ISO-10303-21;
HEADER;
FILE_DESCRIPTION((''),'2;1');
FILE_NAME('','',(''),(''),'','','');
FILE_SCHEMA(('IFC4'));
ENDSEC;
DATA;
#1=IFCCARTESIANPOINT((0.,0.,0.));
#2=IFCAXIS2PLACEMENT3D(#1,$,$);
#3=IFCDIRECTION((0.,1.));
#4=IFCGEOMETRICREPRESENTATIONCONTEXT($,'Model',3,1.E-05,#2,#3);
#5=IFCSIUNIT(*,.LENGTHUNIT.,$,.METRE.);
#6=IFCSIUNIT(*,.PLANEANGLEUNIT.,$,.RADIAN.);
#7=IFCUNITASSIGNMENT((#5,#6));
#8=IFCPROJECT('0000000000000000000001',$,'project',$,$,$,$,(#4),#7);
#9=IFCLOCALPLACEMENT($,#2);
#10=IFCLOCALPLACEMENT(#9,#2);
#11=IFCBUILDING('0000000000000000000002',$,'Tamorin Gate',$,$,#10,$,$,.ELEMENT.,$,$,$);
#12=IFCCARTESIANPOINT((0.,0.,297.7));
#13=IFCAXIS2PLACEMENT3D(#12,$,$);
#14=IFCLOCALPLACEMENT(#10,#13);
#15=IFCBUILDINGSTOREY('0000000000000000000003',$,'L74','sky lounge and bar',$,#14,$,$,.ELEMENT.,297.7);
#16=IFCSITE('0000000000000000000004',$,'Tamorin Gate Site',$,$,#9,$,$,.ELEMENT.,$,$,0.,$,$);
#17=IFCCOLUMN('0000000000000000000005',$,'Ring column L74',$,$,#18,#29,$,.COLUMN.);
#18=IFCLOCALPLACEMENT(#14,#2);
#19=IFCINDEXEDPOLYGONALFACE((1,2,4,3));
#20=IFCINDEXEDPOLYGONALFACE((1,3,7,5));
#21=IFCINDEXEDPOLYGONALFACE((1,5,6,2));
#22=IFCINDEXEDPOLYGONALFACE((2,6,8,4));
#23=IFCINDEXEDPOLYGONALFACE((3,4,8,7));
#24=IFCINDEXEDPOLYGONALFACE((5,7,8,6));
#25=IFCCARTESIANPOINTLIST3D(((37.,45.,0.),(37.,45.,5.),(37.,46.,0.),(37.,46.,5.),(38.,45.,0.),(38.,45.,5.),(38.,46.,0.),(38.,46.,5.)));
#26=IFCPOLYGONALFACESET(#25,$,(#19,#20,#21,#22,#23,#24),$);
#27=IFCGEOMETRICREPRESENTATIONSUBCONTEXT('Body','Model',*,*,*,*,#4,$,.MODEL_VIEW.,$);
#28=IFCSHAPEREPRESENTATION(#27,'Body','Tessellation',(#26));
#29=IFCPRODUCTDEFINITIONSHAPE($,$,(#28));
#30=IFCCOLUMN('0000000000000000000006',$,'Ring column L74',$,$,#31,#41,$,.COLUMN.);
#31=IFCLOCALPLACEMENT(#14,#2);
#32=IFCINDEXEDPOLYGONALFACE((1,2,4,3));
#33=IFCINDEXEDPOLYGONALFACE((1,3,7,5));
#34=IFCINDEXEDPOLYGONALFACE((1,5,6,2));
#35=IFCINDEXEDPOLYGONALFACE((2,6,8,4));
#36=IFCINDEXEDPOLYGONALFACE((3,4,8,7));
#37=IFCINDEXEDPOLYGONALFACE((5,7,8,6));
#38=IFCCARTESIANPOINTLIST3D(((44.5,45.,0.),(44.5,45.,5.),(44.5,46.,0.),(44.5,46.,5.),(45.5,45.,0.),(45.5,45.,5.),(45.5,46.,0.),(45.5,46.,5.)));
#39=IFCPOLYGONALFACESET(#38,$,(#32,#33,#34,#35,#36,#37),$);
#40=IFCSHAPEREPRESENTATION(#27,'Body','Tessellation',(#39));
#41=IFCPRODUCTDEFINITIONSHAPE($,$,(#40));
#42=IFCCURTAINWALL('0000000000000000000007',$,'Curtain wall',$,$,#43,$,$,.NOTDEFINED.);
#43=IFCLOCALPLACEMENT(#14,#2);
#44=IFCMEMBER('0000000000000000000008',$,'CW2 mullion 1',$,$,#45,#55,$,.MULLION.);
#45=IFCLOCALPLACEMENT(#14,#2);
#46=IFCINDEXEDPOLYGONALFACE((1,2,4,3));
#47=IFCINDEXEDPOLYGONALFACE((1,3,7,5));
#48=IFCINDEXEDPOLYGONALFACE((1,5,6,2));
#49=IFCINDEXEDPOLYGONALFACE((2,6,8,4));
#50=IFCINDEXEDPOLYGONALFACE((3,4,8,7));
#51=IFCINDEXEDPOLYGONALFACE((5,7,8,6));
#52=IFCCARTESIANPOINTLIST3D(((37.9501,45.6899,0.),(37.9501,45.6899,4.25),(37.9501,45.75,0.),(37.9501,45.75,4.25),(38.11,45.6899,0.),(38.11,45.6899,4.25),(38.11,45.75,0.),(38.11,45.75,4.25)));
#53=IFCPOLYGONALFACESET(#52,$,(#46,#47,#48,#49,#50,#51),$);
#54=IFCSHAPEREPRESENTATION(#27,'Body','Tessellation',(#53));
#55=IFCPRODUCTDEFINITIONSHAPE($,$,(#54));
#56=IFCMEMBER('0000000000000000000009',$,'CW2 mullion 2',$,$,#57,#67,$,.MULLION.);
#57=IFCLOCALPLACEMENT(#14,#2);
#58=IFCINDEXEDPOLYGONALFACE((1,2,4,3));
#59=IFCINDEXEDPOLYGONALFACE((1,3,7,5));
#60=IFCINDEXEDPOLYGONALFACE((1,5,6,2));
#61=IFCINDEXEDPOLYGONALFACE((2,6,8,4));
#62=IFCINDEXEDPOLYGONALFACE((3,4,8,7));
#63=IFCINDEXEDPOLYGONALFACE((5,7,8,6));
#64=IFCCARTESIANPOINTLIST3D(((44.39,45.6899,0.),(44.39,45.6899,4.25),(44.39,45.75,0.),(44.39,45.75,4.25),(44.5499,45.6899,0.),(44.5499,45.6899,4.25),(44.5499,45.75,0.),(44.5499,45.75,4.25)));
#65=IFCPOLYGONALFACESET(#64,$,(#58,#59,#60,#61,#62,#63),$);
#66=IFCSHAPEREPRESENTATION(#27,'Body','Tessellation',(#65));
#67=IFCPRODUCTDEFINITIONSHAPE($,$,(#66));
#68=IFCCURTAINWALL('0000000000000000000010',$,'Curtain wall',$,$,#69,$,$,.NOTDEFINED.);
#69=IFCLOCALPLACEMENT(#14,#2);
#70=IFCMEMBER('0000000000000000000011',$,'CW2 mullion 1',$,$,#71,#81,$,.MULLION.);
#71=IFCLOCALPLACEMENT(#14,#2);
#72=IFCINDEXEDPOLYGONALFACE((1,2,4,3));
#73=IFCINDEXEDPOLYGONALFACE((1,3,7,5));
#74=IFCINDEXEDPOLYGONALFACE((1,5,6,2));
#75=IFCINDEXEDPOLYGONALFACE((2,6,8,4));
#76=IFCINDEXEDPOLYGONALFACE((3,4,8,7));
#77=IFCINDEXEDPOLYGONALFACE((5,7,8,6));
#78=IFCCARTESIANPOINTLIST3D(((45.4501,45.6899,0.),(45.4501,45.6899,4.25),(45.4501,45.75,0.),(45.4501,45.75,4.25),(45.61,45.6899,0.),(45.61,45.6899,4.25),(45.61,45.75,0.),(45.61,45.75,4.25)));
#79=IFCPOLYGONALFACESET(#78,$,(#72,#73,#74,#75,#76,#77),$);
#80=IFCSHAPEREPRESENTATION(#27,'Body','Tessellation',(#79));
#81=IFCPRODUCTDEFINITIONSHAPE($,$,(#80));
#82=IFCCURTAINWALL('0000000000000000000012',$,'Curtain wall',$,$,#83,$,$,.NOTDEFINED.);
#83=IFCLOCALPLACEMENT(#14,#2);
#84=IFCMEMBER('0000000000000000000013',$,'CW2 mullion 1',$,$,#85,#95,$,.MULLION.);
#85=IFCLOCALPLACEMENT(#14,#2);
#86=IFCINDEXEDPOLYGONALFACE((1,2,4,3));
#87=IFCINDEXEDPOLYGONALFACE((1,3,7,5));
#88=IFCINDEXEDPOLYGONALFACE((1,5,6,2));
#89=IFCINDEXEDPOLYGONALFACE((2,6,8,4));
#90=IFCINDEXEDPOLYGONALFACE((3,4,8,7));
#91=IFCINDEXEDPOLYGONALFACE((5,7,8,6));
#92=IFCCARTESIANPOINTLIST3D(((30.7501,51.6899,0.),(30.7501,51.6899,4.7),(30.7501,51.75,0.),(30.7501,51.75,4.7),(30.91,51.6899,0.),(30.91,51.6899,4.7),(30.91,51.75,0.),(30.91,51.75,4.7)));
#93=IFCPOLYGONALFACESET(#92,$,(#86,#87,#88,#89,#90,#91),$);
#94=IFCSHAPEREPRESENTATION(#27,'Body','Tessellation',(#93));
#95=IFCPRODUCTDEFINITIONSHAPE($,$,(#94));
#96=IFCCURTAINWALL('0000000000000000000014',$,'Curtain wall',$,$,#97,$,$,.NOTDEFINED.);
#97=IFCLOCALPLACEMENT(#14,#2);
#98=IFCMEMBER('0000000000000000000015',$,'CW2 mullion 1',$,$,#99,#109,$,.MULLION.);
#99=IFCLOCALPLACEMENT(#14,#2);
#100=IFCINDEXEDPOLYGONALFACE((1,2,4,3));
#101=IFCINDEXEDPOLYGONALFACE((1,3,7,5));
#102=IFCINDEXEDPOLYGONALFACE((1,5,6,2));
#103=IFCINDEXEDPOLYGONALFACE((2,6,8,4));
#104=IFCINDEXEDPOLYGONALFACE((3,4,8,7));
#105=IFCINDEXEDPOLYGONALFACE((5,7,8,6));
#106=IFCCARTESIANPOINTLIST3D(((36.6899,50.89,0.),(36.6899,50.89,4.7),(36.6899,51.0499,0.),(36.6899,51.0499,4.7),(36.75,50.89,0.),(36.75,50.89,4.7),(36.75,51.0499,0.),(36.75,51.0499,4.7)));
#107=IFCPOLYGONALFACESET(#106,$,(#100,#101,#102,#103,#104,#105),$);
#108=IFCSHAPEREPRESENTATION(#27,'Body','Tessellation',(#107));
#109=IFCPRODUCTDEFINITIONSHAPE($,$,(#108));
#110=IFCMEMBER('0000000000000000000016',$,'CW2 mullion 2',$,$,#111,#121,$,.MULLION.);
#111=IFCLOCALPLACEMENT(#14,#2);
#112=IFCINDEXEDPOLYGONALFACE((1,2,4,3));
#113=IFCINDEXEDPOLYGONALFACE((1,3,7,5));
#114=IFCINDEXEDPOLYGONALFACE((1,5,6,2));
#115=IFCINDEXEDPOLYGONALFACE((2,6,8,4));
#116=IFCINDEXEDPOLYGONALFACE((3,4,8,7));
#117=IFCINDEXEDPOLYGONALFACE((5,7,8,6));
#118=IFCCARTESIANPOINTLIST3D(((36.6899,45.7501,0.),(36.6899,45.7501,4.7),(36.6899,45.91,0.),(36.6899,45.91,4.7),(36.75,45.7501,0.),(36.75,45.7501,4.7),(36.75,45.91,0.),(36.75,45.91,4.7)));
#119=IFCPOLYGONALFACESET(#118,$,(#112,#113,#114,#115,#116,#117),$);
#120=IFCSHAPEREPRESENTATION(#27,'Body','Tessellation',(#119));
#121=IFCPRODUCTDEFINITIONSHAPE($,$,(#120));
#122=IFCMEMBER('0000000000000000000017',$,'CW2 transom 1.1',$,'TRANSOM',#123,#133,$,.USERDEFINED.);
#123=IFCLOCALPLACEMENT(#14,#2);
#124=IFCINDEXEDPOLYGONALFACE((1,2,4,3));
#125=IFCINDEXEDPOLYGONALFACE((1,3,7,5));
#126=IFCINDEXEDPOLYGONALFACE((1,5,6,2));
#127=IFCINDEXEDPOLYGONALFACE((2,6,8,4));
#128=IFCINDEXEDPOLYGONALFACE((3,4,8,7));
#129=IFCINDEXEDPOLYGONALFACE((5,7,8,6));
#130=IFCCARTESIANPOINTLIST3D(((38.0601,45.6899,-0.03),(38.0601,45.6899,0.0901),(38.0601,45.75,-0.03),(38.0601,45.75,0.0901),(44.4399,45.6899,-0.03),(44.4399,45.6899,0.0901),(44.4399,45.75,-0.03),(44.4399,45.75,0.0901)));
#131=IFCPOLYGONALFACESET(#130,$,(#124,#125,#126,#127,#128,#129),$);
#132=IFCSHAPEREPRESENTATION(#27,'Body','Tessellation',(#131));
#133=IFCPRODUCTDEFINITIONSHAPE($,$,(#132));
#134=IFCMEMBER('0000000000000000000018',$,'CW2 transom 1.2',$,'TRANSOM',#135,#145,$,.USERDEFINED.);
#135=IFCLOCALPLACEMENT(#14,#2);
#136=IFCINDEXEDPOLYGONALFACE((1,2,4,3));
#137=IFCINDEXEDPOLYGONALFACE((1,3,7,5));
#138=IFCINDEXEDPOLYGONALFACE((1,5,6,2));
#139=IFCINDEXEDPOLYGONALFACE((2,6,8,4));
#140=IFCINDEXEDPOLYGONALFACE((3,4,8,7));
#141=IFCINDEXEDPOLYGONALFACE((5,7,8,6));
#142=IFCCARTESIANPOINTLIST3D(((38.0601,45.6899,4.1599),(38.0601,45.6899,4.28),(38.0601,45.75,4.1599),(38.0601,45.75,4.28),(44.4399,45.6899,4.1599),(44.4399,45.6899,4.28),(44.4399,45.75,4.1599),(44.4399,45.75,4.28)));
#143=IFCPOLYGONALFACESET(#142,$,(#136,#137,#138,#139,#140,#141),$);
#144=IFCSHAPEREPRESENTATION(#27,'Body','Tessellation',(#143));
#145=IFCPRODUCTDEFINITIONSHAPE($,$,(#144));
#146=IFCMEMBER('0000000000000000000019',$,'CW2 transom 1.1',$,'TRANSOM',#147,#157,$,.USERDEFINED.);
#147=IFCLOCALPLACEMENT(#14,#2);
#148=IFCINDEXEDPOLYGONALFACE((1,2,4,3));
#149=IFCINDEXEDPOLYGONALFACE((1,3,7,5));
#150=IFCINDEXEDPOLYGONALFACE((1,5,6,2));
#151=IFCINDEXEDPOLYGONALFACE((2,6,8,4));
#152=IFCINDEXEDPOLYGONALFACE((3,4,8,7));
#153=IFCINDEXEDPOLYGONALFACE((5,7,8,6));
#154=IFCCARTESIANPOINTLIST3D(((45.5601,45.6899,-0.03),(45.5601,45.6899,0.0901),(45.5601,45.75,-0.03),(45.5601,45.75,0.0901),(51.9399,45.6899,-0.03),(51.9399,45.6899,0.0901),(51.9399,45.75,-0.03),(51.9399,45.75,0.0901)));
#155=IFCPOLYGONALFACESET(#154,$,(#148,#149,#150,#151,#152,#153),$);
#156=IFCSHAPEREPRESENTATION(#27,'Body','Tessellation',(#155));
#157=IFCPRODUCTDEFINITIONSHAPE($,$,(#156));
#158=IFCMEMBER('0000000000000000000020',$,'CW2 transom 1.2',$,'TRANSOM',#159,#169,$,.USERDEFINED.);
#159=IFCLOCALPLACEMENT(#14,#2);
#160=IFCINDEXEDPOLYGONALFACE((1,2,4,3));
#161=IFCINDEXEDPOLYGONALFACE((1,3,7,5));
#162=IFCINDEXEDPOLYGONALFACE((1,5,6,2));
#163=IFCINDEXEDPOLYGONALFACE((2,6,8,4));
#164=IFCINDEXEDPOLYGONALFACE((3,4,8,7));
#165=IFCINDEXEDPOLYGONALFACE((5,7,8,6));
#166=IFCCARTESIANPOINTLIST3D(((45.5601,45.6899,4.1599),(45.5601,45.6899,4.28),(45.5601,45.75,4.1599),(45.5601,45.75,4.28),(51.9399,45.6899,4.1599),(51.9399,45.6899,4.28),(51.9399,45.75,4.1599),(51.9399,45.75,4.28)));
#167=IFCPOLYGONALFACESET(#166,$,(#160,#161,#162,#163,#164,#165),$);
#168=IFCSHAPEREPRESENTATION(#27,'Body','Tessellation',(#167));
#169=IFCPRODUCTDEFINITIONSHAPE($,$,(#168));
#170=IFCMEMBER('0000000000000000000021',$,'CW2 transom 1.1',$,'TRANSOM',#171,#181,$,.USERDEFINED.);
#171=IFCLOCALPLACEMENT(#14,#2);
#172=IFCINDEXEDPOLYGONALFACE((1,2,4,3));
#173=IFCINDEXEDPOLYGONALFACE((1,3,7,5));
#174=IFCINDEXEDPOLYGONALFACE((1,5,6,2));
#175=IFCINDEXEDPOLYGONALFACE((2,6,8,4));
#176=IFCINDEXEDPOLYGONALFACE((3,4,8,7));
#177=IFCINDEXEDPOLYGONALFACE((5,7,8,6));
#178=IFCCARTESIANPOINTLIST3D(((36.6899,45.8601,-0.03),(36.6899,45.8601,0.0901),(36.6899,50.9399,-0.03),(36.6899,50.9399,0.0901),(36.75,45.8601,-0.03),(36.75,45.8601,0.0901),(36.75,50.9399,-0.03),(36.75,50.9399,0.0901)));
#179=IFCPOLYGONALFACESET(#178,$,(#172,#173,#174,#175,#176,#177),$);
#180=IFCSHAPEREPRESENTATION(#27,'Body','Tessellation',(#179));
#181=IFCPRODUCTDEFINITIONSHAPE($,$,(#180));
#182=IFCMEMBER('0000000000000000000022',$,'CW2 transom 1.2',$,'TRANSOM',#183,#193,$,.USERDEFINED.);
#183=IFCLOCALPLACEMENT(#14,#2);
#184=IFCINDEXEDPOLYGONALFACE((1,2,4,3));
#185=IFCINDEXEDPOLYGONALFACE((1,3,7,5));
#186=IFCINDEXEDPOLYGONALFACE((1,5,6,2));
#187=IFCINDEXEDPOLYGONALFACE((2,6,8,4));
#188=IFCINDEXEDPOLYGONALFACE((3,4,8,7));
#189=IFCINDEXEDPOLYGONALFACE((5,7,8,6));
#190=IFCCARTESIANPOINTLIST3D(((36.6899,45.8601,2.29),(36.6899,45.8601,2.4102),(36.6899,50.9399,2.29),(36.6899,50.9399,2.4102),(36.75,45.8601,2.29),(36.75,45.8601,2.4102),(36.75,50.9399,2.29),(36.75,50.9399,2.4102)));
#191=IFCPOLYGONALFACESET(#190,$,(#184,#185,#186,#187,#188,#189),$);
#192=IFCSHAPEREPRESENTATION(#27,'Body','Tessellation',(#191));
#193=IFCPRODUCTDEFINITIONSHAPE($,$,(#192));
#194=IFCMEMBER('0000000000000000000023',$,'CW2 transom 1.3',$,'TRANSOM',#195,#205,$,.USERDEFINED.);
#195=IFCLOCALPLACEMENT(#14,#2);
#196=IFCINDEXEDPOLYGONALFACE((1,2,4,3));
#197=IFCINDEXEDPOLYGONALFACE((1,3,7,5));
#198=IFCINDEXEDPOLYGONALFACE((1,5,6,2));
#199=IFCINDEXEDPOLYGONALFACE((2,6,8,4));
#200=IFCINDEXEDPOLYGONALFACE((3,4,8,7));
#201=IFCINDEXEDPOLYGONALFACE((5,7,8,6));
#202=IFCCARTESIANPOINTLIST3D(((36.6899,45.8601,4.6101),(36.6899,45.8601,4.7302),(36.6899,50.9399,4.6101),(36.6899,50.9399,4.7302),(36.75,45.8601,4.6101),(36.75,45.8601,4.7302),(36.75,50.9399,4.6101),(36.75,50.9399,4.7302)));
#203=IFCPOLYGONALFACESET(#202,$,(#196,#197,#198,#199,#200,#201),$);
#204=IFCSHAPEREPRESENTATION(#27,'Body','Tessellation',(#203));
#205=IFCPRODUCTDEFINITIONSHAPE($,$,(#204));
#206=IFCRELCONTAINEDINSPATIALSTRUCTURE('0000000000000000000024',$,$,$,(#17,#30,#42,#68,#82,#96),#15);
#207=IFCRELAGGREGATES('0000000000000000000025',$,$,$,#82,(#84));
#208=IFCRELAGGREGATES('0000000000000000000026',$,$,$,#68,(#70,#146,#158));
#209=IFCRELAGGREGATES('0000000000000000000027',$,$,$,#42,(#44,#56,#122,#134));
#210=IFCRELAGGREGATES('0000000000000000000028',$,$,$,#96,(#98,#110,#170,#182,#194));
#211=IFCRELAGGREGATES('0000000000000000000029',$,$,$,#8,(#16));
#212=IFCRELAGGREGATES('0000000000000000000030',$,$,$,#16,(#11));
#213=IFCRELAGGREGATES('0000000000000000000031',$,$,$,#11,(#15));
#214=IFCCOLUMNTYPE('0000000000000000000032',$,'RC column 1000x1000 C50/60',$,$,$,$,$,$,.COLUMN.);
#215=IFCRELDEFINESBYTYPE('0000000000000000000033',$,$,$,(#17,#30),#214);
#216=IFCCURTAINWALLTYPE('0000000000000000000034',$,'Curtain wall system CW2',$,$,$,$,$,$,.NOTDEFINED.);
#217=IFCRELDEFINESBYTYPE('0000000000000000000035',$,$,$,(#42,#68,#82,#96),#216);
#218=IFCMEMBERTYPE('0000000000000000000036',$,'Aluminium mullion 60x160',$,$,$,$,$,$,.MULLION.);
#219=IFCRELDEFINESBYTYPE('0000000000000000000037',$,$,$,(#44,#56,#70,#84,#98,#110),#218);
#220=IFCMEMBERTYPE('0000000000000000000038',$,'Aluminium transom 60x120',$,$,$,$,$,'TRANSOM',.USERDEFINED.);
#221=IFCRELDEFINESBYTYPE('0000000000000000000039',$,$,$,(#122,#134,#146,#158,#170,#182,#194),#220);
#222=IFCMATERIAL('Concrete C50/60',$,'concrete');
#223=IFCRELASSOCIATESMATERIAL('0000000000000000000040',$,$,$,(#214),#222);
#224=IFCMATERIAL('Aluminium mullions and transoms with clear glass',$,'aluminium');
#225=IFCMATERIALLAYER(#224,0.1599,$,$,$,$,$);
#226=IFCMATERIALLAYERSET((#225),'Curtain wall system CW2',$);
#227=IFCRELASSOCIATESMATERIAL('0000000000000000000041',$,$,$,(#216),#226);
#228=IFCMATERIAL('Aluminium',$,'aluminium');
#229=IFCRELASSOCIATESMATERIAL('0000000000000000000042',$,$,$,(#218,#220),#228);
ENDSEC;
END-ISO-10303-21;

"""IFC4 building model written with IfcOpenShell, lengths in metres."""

from ifc_helpers import new_model, si_unit, direction, frame, origin, origin_2d, place, context, subcontext, project, spatial, rectangle, extrude, material, layer, layer_set, material_profile, profile_set, type_object, element, aggregate, save


model = new_model("IFC4")

# Units and contexts
model_context = context("Model", 3, precision=1e-05, world=origin(), true_north=direction((0.0, 1.0)))
body_context = subcontext(model_context, "Body", "Model", "MODEL_VIEW")
ifc_project = project(units=[si_unit("LENGTHUNIT", "METRE"), si_unit("PLANEANGLEUNIT", "RADIAN")], contexts=[model_context])

# Site, building, storey
site_placement = place(None, origin())
site = spatial("IfcSite", under=ifc_project, at=site_placement, Name="Tamorin Gate Site", CompositionType="ELEMENT", RefElevation=0.0)
building_placement = place(site_placement, origin())
building = spatial("IfcBuilding", under=site, at=building_placement, Name="Tamorin Gate", CompositionType="ELEMENT")
storey_placement = place(building_placement, frame((0.0, 0.0, 297.7)))
storey = spatial("IfcBuildingStorey", under=building, at=storey_placement, Name="L74", Description="sky lounge and bar", CompositionType="ELEMENT", Elevation=297.7)

# Columns
ifc_material_1 = material(Name="Concrete C50/60", Category="concrete")
ifc_material_profile_1 = material_profile(ifc_material_1, rectangle(XDim=1.0, YDim=1.0, at=origin_2d()), Name="RC 1000x1000")
ifc_profile_set_1 = profile_set([ifc_material_profile_1], Name="Concrete C50/60")
column_type = type_object("IfcColumnType", Name="RC column 1000x1000 C50/60", PredefinedType="COLUMN", material=ifc_profile_set_1)
for number, where, z_axis, x_axis, name in (
    (1, (37.5, 45.5, 0.0), (0.0, 0.0, 1.0), (1.0, 0.0, 0.0), "Ring column L74"),
    (2, (45.0, 45.5, 0.0), (0.0, 0.0, 1.0), (1.0, 0.0, 0.0), "Ring column L74"),
):
    element("IfcColumn", number, at=place(storey_placement, frame(where, z_axis=z_axis, x_axis=x_axis)), inside=storey, type_object=column_type, Name=name, PredefinedType="COLUMN", context=body_context, shape_type="SweptSolid", body=[
        extrude(rectangle(XDim=1.0, YDim=1.0, at=origin_2d()), origin(), (0.0, 0.0, 1.0), 5.0),
    ])

# Curtain wall, members
ifc_material_2 = material(Name="Aluminium mullions and transoms with clear glass", Category="aluminium")
ifc_layer_1 = layer(ifc_material_2, 0.1599)
ifc_layer_set_1 = layer_set([ifc_layer_1], Name="Curtain wall system CW2")
curtain_wall_type = type_object("IfcCurtainWallType", Name="Curtain wall system CW2", PredefinedType="NOTDEFINED", material=ifc_layer_set_1)
curtain_wall_1_placement = place(storey_placement, origin())
curtain_wall_1 = element("IfcCurtainWall", 3, at=curtain_wall_1_placement, inside=storey, type_object=curtain_wall_type, Name="Curtain wall", PredefinedType="NOTDEFINED")
ifc_material_3 = material(Name="Aluminium", Category="aluminium")
ifc_material_profile_2 = material_profile(ifc_material_3, rectangle(XDim=0.0601, YDim=0.1599, at=origin_2d()), Name="RECT 60x160")
ifc_profile_set_2 = profile_set([ifc_material_profile_2], Name="Aluminium")
member_type_1 = type_object("IfcMemberType", Name="Aluminium mullion 60x160", PredefinedType="MULLION", material=ifc_profile_set_2)
member_1_placement = place(storey_placement, frame((38.03, 45.72, 0.0), z_axis=(0.0, 0.0, 1.0), x_axis=(0.0, 1.0, 0.0)))
member_1 = element("IfcMember", 4, at=member_1_placement, type_object=member_type_1, Name="CW2 mullion 1", PredefinedType="MULLION", context=body_context, shape_type="SweptSolid", body=[
    extrude(rectangle(XDim=0.0601, YDim=0.1599, at=origin_2d()), origin(), (0.0, 0.0, 1.0), 4.25),
])
member_2_placement = place(storey_placement, frame((44.47, 45.72, 0.0), z_axis=(0.0, 0.0, 1.0), x_axis=(0.0, 1.0, 0.0)))
member_2 = element("IfcMember", 5, at=member_2_placement, type_object=member_type_1, Name="CW2 mullion 2", PredefinedType="MULLION", context=body_context, shape_type="SweptSolid", body=[
    extrude(rectangle(XDim=0.0601, YDim=0.1599, at=origin_2d()), origin(), (0.0, 0.0, 1.0), 4.25),
])

# Curtain walls, members
curtain_wall_2_placement = place(storey_placement, origin())
curtain_wall_2 = element("IfcCurtainWall", 6, at=curtain_wall_2_placement, inside=storey, type_object=curtain_wall_type, Name="Curtain wall", PredefinedType="NOTDEFINED")
member_3_placement = place(storey_placement, frame((45.53, 45.72, 0.0), z_axis=(0.0, 0.0, 1.0), x_axis=(0.0, 1.0, 0.0)))
member_3 = element("IfcMember", 7, at=member_3_placement, type_object=member_type_1, Name="CW2 mullion 1", PredefinedType="MULLION", context=body_context, shape_type="SweptSolid", body=[
    extrude(rectangle(XDim=0.0601, YDim=0.1599, at=origin_2d()), origin(), (0.0, 0.0, 1.0), 4.25),
])
curtain_wall_3_placement = place(storey_placement, origin())
curtain_wall_3 = element("IfcCurtainWall", 8, at=curtain_wall_3_placement, inside=storey, type_object=curtain_wall_type, Name="Curtain wall", PredefinedType="NOTDEFINED")
member_4_placement = place(storey_placement, frame((30.8301, 51.72, 0.0), z_axis=(0.0, 0.0, 1.0), x_axis=(0.0, 1.0, 0.0)))
member_4 = element("IfcMember", 9, at=member_4_placement, type_object=member_type_1, Name="CW2 mullion 1", PredefinedType="MULLION", context=body_context, shape_type="SweptSolid", body=[
    extrude(rectangle(XDim=0.0601, YDim=0.1599, at=origin_2d()), origin(), (0.0, 0.0, 1.0), 4.7),
])
aggregate(curtain_wall_3, [member_4])

# Curtain wall, members
curtain_wall_4_placement = place(storey_placement, origin())
curtain_wall_4 = element("IfcCurtainWall", 10, at=curtain_wall_4_placement, inside=storey, type_object=curtain_wall_type, Name="Curtain wall", PredefinedType="NOTDEFINED")
member_5_placement = place(storey_placement, frame((36.72, 50.97, 0.0), z_axis=(0.0, 0.0, 1.0), x_axis=(1.0, 0.0, 0.0)))
member_5 = element("IfcMember", 11, at=member_5_placement, type_object=member_type_1, Name="CW2 mullion 1", PredefinedType="MULLION", context=body_context, shape_type="SweptSolid", body=[
    extrude(rectangle(XDim=0.0601, YDim=0.1599, at=origin_2d()), origin(), (0.0, 0.0, 1.0), 4.7),
])
member_6_placement = place(storey_placement, frame((36.72, 45.8301, 0.0), z_axis=(0.0, 0.0, 1.0), x_axis=(1.0, 0.0, 0.0)))
member_6 = element("IfcMember", 12, at=member_6_placement, type_object=member_type_1, Name="CW2 mullion 2", PredefinedType="MULLION", context=body_context, shape_type="SweptSolid", body=[
    extrude(rectangle(XDim=0.0601, YDim=0.1599, at=origin_2d()), origin(), (0.0, 0.0, 1.0), 4.7),
])

# Members
ifc_material_profile_3 = material_profile(ifc_material_3, rectangle(XDim=0.0601, YDim=0.1201, at=origin_2d()), Name="RECT 60x120")
ifc_profile_set_3 = profile_set([ifc_material_profile_3], Name="Aluminium")
member_type_2 = type_object("IfcMemberType", Name="Aluminium transom 60x120", ElementType="TRANSOM", PredefinedType="USERDEFINED", material=ifc_profile_set_3)
member_7_placement = place(storey_placement, frame((38.0601, 45.72, 0.03), z_axis=(1.0, 0.0, 0.0), x_axis=(0.0, 1.0, 0.0)))
member_7 = element("IfcMember", 13, at=member_7_placement, type_object=member_type_2, Name="CW2 transom 1.1", ObjectType="TRANSOM", PredefinedType="USERDEFINED", context=body_context, shape_type="SweptSolid", body=[
    extrude(rectangle(XDim=0.0601, YDim=0.1201, at=origin_2d()), origin(), (0.0, 0.0, 1.0), 6.3799),
])
member_8_placement = place(storey_placement, frame((38.0601, 45.72, 4.22), z_axis=(1.0, 0.0, 0.0), x_axis=(0.0, 1.0, 0.0)))
member_8 = element("IfcMember", 14, at=member_8_placement, type_object=member_type_2, Name="CW2 transom 1.2", ObjectType="TRANSOM", PredefinedType="USERDEFINED", context=body_context, shape_type="SweptSolid", body=[
    extrude(rectangle(XDim=0.0601, YDim=0.1201, at=origin_2d()), origin(), (0.0, 0.0, 1.0), 6.3799),
])
member_9_placement = place(storey_placement, frame((45.5601, 45.72, 0.03), z_axis=(1.0, 0.0, 0.0), x_axis=(0.0, 1.0, 0.0)))
member_9 = element("IfcMember", 15, at=member_9_placement, type_object=member_type_2, Name="CW2 transom 1.1", ObjectType="TRANSOM", PredefinedType="USERDEFINED", context=body_context, shape_type="SweptSolid", body=[
    extrude(rectangle(XDim=0.0601, YDim=0.1201, at=origin_2d()), origin(), (0.0, 0.0, 1.0), 6.3799),
])
member_10_placement = place(storey_placement, frame((45.5601, 45.72, 4.22), z_axis=(1.0, 0.0, 0.0), x_axis=(0.0, 1.0, 0.0)))
member_10 = element("IfcMember", 16, at=member_10_placement, type_object=member_type_2, Name="CW2 transom 1.2", ObjectType="TRANSOM", PredefinedType="USERDEFINED", context=body_context, shape_type="SweptSolid", body=[
    extrude(rectangle(XDim=0.0601, YDim=0.1201, at=origin_2d()), origin(), (0.0, 0.0, 1.0), 6.3799),
])
aggregate(curtain_wall_2, [member_3, member_9, member_10])
member_11_placement = place(storey_placement, frame((36.72, 50.9399, 0.03), z_axis=(0.0, -1.0, 0.0), x_axis=(1.0, 0.0, 0.0)))
member_11 = element("IfcMember", 17, at=member_11_placement, type_object=member_type_2, Name="CW2 transom 1.1", ObjectType="TRANSOM", PredefinedType="USERDEFINED", context=body_context, shape_type="SweptSolid", body=[
    extrude(rectangle(XDim=0.0601, YDim=0.1201, at=origin_2d()), origin(), (0.0, 0.0, 1.0), 5.0798),
])
member_12_placement = place(storey_placement, frame((36.72, 50.9399, 2.3501), z_axis=(0.0, -1.0, 0.0), x_axis=(1.0, 0.0, 0.0)))
member_12 = element("IfcMember", 18, at=member_12_placement, type_object=member_type_2, Name="CW2 transom 1.2", ObjectType="TRANSOM", PredefinedType="USERDEFINED", context=body_context, shape_type="SweptSolid", body=[
    extrude(rectangle(XDim=0.0601, YDim=0.1201, at=origin_2d()), origin(), (0.0, 0.0, 1.0), 5.0798),
])
member_13_placement = place(storey_placement, frame((36.72, 50.9399, 4.6702), z_axis=(0.0, -1.0, 0.0), x_axis=(1.0, 0.0, 0.0)))
member_13 = element("IfcMember", 19, at=member_13_placement, type_object=member_type_2, Name="CW2 transom 1.3", ObjectType="TRANSOM", PredefinedType="USERDEFINED", context=body_context, shape_type="SweptSolid", body=[
    extrude(rectangle(XDim=0.0601, YDim=0.1201, at=origin_2d()), origin(), (0.0, 0.0, 1.0), 5.0798),
])

aggregate(curtain_wall_1, [member_1, member_2, member_7, member_8])
aggregate(curtain_wall_4, [member_5, member_6, member_11, member_12, member_13])

save(model, "model.ifc")
